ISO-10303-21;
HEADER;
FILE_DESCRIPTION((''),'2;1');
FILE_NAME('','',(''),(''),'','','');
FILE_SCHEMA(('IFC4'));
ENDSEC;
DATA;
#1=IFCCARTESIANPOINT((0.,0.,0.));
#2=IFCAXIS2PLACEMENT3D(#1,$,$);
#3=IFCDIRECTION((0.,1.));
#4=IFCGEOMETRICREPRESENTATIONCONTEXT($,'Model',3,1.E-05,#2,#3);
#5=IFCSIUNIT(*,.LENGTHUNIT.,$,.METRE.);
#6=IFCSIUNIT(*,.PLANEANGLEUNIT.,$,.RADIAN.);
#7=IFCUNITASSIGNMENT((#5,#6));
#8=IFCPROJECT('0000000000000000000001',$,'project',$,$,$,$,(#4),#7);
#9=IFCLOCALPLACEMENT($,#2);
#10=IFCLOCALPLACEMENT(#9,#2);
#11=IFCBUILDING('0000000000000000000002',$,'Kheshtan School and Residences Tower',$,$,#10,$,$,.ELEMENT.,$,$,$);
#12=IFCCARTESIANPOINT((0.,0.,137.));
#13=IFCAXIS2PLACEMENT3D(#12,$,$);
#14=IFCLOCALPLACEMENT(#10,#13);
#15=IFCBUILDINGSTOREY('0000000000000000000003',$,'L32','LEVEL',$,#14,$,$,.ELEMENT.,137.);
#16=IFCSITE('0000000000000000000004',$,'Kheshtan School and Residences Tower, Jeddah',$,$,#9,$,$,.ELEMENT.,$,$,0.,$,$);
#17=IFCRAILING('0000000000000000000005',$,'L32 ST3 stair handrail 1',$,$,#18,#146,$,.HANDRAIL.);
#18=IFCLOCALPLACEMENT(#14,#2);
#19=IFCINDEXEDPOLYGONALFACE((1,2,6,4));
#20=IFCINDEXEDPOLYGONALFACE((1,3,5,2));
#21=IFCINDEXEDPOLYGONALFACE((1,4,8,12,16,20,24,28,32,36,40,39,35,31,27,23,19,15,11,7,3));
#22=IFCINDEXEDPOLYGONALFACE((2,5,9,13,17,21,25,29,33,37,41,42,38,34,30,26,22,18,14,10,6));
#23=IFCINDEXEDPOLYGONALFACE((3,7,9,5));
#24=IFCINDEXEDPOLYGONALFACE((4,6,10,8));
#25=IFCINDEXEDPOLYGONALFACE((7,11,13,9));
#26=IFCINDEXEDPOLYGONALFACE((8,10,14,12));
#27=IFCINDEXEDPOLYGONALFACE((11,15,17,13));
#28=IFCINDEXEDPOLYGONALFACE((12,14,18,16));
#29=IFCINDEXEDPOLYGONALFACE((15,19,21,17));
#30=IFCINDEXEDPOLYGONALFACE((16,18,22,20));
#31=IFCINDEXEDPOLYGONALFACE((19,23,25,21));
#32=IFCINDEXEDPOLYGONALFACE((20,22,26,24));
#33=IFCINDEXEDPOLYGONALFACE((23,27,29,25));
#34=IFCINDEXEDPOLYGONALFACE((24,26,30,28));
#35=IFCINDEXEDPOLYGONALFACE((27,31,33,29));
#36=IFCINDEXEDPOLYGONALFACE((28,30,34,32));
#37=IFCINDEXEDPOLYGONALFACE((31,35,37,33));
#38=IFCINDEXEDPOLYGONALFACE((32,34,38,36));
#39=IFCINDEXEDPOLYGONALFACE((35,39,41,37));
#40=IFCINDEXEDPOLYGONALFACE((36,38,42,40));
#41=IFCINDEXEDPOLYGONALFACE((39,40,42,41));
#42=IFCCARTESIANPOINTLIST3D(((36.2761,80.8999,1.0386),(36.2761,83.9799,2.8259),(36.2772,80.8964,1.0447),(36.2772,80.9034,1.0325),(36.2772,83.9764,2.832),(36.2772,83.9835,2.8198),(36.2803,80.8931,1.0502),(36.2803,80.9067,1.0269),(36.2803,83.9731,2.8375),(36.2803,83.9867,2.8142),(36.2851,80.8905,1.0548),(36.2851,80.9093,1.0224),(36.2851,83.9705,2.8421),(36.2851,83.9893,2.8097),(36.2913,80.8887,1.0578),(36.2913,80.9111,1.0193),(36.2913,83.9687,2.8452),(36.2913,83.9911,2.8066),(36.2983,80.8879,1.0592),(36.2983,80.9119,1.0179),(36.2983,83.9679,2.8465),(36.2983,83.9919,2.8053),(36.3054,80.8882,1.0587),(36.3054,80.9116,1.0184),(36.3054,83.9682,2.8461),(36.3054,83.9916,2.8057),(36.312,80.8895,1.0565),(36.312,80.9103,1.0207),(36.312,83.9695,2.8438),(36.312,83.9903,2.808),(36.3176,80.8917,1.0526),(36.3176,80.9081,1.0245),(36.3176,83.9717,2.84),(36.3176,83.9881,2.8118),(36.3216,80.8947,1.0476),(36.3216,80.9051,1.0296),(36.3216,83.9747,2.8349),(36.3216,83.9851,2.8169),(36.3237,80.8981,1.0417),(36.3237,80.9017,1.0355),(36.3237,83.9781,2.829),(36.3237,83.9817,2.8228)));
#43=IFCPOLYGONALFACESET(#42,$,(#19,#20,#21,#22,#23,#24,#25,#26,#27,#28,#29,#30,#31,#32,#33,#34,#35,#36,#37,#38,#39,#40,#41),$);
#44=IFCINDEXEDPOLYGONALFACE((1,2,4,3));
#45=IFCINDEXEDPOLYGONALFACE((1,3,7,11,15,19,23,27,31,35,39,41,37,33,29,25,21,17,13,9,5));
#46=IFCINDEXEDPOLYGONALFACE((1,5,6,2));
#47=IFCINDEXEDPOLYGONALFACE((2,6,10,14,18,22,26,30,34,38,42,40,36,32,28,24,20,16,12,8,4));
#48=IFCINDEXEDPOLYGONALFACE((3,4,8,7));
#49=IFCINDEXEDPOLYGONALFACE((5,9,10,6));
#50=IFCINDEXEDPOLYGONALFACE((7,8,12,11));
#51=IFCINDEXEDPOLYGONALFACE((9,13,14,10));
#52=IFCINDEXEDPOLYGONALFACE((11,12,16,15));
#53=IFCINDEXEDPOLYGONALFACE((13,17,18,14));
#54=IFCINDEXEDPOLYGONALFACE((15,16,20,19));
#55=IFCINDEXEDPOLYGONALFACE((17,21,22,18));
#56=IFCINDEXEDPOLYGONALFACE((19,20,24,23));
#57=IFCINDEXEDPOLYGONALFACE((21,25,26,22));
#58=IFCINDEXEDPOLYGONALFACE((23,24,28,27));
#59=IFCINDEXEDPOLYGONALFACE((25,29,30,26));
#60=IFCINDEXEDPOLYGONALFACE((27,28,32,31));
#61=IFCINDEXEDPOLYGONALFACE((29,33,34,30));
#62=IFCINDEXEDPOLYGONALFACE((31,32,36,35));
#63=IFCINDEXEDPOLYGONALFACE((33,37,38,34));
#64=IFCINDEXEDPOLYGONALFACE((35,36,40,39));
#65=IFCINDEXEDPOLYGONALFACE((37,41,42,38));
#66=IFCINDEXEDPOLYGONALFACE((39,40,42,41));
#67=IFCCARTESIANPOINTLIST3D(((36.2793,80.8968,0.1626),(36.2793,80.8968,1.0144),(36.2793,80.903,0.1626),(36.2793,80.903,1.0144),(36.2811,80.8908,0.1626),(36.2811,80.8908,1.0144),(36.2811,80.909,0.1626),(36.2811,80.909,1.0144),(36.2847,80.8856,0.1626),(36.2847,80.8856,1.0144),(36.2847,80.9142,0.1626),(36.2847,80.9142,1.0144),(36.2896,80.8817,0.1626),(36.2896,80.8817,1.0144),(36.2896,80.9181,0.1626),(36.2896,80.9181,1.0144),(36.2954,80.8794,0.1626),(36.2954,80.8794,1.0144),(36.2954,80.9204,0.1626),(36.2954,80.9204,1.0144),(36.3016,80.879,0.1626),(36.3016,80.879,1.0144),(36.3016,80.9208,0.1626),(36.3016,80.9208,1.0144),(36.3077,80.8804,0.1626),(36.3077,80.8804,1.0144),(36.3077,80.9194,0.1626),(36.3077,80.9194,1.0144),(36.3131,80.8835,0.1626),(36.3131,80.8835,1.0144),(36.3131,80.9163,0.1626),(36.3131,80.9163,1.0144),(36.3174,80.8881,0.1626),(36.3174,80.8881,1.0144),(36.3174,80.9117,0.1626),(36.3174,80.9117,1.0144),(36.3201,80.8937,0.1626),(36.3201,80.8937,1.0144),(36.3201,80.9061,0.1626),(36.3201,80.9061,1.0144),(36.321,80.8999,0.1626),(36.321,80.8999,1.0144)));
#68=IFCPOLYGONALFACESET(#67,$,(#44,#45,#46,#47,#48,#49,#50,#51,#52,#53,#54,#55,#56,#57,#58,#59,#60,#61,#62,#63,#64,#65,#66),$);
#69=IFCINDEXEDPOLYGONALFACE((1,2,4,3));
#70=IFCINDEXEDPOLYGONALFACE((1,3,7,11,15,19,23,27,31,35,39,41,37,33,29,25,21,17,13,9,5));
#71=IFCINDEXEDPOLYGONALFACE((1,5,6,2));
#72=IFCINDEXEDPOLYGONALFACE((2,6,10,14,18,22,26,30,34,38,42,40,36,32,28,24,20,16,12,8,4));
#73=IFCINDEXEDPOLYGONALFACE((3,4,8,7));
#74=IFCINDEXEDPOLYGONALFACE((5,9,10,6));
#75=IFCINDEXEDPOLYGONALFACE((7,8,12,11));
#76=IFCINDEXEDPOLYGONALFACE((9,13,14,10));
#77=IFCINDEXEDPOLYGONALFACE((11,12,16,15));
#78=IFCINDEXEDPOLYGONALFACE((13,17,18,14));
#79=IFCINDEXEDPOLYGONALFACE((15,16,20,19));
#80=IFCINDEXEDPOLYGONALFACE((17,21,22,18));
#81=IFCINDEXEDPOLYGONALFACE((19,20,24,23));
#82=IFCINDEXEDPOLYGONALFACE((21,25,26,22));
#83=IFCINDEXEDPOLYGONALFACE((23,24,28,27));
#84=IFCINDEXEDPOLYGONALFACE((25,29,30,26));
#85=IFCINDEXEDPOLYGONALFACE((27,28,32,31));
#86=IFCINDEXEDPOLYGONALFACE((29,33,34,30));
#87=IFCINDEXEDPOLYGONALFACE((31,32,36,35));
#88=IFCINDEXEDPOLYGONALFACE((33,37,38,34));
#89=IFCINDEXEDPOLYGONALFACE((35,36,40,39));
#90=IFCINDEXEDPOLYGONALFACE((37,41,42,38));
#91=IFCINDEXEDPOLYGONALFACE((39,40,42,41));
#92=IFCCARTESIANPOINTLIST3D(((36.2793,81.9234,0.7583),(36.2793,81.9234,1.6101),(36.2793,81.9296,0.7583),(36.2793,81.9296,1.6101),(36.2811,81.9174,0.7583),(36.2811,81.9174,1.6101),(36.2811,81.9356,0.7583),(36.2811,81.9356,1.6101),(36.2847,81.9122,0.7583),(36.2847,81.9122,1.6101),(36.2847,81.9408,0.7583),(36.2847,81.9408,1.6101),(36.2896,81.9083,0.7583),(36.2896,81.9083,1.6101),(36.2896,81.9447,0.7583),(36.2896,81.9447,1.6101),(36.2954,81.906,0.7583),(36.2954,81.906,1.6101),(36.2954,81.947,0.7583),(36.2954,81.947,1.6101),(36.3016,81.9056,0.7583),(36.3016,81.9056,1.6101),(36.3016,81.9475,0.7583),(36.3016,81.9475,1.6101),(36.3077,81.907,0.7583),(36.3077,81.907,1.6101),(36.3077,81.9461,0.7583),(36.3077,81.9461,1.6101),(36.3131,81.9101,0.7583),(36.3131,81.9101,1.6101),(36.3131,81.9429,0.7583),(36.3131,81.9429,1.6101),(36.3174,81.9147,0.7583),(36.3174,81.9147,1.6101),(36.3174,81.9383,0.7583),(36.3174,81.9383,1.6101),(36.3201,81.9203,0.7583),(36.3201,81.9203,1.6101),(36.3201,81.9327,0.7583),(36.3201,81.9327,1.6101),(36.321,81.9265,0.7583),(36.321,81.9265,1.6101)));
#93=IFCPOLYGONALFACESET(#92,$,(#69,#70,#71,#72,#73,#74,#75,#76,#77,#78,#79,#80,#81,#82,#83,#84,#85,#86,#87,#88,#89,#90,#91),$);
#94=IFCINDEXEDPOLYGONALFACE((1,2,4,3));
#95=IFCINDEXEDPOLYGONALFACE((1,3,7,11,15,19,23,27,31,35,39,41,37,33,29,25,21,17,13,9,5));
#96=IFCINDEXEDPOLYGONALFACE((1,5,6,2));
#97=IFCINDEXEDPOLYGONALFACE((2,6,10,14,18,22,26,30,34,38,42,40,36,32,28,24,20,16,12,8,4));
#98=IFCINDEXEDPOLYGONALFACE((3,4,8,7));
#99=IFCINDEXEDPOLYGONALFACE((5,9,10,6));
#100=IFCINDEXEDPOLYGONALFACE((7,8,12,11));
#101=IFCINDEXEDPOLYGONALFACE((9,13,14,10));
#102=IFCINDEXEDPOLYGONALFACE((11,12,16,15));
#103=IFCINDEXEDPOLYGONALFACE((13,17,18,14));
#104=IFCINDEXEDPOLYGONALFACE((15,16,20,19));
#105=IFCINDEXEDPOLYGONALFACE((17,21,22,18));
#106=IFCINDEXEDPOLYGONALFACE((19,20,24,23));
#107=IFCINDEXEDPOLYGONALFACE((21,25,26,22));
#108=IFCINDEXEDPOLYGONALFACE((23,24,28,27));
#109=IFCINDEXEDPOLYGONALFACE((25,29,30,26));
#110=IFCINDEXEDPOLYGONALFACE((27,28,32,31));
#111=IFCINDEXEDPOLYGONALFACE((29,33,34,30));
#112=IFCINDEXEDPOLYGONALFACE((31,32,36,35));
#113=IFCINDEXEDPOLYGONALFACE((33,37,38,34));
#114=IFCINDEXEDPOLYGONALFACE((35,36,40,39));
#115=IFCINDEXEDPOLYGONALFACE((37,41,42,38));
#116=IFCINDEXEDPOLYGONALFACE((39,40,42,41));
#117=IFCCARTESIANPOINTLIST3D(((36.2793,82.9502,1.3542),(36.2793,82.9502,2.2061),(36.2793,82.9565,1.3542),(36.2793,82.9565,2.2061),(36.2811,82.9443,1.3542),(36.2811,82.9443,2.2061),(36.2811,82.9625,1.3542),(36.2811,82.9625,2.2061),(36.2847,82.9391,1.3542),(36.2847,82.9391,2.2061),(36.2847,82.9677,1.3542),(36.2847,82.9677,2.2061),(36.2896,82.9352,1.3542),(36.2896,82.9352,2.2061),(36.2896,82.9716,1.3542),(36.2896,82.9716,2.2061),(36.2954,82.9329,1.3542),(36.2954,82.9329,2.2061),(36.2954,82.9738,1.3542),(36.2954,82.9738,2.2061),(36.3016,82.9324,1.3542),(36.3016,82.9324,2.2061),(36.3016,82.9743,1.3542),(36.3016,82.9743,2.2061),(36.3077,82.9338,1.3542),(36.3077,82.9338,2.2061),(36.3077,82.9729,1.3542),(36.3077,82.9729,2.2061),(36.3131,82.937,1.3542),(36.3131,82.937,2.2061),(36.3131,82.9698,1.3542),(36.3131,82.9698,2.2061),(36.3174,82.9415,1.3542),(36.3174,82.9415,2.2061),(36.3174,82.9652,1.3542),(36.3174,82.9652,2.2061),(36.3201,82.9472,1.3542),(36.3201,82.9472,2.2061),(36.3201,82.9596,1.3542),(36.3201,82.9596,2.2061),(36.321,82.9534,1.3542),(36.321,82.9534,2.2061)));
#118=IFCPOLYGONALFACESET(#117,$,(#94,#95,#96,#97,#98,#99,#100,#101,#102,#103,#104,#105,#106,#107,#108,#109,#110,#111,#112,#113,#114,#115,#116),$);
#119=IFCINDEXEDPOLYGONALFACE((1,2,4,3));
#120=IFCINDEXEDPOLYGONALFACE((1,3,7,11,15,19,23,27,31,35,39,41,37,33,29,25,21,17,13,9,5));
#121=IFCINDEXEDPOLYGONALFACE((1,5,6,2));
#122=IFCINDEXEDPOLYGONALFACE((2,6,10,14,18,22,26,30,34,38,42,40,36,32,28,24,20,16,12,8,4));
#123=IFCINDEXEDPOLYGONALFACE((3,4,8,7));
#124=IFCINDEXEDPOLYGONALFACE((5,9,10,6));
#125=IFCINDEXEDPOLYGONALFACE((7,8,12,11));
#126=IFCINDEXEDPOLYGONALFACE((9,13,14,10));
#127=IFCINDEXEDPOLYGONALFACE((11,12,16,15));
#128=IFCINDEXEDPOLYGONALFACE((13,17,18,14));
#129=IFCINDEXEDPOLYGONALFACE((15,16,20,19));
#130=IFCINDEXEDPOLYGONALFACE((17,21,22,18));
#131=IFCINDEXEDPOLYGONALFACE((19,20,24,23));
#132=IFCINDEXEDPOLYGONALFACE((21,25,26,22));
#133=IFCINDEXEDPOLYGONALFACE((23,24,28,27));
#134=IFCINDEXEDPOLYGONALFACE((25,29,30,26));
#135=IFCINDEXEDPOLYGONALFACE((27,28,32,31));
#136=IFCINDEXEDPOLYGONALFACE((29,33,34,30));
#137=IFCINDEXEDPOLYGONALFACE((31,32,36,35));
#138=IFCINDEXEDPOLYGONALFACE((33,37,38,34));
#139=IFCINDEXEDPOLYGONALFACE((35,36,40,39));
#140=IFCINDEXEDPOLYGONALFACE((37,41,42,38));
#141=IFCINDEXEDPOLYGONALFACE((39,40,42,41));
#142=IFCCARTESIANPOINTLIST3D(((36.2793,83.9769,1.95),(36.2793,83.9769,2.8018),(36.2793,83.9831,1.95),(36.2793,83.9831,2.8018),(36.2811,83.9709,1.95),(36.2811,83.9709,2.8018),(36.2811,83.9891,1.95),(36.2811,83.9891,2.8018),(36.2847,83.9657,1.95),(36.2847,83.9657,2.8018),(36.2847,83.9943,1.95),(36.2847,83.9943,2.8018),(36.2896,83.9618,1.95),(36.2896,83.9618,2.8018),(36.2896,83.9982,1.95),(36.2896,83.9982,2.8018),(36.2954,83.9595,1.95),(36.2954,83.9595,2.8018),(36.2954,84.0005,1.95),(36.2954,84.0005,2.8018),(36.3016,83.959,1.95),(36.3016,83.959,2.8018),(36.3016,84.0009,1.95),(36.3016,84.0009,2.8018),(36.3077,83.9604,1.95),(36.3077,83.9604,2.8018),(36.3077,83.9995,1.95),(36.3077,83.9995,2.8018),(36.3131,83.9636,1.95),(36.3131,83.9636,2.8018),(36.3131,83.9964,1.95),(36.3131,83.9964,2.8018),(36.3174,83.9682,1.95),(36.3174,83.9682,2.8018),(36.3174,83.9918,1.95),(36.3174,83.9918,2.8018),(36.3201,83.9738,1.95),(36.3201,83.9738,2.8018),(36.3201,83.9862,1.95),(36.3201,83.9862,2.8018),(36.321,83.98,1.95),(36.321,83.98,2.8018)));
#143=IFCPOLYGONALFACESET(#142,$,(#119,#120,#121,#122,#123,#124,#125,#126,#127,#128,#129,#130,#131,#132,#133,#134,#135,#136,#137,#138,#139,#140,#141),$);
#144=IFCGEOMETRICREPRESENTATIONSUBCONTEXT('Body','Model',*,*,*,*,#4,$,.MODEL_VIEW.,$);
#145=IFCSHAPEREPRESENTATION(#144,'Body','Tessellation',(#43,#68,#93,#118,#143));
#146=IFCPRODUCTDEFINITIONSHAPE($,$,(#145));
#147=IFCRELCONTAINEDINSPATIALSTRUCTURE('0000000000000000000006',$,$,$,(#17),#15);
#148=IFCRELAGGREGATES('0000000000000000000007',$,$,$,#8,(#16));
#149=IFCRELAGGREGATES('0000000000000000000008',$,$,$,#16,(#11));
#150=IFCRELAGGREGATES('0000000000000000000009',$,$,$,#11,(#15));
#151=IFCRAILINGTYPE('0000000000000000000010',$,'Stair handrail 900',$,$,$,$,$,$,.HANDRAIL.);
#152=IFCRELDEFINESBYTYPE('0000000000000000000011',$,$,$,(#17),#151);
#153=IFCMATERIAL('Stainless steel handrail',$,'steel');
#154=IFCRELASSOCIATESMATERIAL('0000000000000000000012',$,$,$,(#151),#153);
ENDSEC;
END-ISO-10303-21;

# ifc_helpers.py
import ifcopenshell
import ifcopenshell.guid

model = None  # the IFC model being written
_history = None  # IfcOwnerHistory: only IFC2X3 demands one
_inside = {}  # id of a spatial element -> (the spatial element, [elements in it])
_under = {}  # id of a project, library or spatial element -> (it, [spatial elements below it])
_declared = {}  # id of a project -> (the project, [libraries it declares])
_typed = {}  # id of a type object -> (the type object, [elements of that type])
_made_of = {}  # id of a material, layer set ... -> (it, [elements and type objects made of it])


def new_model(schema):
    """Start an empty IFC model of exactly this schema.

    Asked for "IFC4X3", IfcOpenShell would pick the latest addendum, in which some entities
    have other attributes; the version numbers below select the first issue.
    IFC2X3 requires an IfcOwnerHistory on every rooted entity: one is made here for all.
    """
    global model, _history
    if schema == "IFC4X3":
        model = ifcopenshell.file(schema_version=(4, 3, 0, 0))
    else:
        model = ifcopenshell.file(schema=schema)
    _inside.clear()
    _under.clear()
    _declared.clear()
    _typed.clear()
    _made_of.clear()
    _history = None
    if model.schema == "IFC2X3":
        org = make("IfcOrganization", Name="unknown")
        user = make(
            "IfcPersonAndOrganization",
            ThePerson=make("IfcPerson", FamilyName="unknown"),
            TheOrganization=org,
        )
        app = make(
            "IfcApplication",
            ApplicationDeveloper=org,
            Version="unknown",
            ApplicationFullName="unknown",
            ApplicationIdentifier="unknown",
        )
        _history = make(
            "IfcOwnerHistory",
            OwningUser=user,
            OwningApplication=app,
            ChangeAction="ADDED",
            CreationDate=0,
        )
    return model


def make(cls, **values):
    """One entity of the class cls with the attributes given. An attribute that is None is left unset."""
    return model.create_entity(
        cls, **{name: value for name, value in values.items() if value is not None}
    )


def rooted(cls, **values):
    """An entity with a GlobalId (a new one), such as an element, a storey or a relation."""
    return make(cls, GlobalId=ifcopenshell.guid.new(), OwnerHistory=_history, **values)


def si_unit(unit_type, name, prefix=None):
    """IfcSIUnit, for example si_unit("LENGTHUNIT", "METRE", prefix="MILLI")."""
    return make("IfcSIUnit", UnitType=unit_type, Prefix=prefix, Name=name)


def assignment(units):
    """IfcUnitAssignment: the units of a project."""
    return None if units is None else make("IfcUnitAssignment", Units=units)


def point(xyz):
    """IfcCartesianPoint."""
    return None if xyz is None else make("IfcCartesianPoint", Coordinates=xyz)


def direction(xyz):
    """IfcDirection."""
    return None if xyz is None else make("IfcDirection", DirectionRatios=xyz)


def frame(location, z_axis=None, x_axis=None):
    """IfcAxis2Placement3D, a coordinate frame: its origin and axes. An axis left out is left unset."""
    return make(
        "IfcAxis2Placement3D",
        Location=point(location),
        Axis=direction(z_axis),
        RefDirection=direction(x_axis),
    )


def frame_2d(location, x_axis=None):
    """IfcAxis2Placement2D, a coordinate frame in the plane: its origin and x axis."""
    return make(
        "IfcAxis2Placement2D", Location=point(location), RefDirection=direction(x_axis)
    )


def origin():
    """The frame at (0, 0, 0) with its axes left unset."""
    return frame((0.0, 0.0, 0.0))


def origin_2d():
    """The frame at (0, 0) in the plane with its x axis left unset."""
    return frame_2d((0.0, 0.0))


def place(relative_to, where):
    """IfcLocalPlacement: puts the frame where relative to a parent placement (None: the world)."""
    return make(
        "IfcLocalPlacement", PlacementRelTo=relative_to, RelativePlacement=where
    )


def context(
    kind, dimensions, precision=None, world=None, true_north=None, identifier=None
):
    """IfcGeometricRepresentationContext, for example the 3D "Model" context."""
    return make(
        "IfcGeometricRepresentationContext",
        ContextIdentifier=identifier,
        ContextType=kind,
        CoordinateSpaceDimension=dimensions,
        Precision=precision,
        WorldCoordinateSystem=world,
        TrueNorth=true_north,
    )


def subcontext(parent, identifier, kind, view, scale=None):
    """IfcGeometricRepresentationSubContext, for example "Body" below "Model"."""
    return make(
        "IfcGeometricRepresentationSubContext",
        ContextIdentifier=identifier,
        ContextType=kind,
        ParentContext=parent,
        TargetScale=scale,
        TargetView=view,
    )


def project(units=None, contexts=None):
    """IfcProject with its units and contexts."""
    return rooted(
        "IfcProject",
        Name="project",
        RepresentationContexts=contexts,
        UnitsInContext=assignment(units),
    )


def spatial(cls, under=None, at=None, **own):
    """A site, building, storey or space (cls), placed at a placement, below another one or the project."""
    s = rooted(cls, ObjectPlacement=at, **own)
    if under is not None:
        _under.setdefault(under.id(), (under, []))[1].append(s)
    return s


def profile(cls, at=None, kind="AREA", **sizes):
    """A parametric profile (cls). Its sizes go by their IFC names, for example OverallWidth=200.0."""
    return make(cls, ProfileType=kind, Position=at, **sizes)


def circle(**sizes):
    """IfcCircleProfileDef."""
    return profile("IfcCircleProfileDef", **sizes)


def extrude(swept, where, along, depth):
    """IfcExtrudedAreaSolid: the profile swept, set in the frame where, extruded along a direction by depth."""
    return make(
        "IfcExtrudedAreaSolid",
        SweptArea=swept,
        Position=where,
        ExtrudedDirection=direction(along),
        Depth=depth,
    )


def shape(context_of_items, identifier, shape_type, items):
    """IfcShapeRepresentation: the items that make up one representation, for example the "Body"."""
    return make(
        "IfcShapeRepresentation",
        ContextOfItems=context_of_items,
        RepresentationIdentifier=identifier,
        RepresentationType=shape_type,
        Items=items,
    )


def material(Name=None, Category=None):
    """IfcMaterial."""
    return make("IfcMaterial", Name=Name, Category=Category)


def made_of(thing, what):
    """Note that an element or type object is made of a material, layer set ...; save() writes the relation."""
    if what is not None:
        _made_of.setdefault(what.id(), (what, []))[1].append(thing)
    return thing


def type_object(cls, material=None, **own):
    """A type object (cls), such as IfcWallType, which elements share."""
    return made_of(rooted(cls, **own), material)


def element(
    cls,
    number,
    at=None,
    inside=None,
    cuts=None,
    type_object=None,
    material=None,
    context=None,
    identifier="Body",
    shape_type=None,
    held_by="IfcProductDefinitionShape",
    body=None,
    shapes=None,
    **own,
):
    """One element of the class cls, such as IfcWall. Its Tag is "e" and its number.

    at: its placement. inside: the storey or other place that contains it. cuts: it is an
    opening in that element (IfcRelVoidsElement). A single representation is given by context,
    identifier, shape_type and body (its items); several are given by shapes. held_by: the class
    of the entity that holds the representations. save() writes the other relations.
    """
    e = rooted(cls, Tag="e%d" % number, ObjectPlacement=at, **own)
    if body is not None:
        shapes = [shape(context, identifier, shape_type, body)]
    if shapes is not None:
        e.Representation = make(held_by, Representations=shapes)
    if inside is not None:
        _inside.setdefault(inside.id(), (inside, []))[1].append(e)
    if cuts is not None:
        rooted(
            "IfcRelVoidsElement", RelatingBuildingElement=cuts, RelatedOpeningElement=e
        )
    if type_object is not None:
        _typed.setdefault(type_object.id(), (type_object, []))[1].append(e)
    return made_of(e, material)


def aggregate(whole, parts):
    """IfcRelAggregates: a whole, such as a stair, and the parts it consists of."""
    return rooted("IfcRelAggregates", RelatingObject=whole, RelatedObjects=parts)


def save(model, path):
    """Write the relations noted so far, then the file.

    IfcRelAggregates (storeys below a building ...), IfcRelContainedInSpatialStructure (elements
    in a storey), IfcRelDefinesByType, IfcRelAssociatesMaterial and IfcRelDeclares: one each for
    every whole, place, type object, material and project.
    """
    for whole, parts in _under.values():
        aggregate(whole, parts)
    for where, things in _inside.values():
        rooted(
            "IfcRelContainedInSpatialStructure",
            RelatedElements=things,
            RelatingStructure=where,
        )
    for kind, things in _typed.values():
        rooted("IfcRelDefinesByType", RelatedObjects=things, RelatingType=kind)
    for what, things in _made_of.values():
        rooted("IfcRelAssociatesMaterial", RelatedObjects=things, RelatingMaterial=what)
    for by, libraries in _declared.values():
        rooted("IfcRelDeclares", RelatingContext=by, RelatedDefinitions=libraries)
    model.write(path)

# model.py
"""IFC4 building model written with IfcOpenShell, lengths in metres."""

from ifc_helpers import new_model, si_unit, direction, frame, origin, origin_2d, place, context, subcontext, project, spatial, circle, extrude, material, type_object, element, save


model = new_model("IFC4")

# Units and contexts
model_context = context("Model", 3, precision=1e-05, world=origin(), true_north=direction((0.0, 1.0)))
body_context = subcontext(model_context, "Body", "Model", "MODEL_VIEW")
ifc_project = project(units=[si_unit("LENGTHUNIT", "METRE"), si_unit("PLANEANGLEUNIT", "RADIAN")], contexts=[model_context])

# Site, building, storey
site_placement = place(None, origin())
site = spatial("IfcSite", under=ifc_project, at=site_placement, Name="Kheshtan School and Residences Tower, Jeddah", CompositionType="ELEMENT", RefElevation=0.0)
building_placement = place(site_placement, origin())
building = spatial("IfcBuilding", under=site, at=building_placement, Name="Kheshtan School and Residences Tower", CompositionType="ELEMENT")
storey_placement = place(building_placement, frame((0.0, 0.0, 137.0)))
storey = spatial("IfcBuildingStorey", under=building, at=storey_placement, Name="L32", Description="LEVEL", CompositionType="ELEMENT", Elevation=137.0)

# Railing
ifc_material_1 = material(Name="Stainless steel handrail", Category="steel")
railing_type_1 = type_object("IfcRailingType", Name="Stair handrail 900", PredefinedType="HANDRAIL", material=ifc_material_1)
railing_1_placement = place(storey_placement, frame((36.3, 80.8999, 0.1626)))
element("IfcRailing", 1, at=railing_1_placement, inside=storey, type_object=railing_type_1, Name="L32 ST3 stair handrail 1", PredefinedType="HANDRAIL", context=body_context, shape_type="SweptSolid", body=[
    extrude(circle(Radius=0.0239, at=origin_2d()), frame((0.0, 0.0, 0.876), z_axis=(0.0, 0.86492, 0.501909), x_axis=(-1.0, 0.0, 0.0)), (0.0, 0.0, 1.0), 3.561),
    extrude(circle(Radius=0.021, at=origin_2d()), origin(), (0.0, 0.0, 1.0), 0.8518),
    extrude(circle(Radius=0.021, at=origin_2d()), frame((0.0, 1.0266, 0.5957)), (0.0, 0.0, 1.0), 0.8518),
    extrude(circle(Radius=0.021, at=origin_2d()), frame((0.0, 2.0535, 1.1917)), (0.0, 0.0, 1.0), 0.8518),
    extrude(circle(Radius=0.021, at=origin_2d()), frame((0.0, 3.0801, 1.7874)), (0.0, 0.0, 1.0), 0.8518),
])

save(model, "model.ifc")
